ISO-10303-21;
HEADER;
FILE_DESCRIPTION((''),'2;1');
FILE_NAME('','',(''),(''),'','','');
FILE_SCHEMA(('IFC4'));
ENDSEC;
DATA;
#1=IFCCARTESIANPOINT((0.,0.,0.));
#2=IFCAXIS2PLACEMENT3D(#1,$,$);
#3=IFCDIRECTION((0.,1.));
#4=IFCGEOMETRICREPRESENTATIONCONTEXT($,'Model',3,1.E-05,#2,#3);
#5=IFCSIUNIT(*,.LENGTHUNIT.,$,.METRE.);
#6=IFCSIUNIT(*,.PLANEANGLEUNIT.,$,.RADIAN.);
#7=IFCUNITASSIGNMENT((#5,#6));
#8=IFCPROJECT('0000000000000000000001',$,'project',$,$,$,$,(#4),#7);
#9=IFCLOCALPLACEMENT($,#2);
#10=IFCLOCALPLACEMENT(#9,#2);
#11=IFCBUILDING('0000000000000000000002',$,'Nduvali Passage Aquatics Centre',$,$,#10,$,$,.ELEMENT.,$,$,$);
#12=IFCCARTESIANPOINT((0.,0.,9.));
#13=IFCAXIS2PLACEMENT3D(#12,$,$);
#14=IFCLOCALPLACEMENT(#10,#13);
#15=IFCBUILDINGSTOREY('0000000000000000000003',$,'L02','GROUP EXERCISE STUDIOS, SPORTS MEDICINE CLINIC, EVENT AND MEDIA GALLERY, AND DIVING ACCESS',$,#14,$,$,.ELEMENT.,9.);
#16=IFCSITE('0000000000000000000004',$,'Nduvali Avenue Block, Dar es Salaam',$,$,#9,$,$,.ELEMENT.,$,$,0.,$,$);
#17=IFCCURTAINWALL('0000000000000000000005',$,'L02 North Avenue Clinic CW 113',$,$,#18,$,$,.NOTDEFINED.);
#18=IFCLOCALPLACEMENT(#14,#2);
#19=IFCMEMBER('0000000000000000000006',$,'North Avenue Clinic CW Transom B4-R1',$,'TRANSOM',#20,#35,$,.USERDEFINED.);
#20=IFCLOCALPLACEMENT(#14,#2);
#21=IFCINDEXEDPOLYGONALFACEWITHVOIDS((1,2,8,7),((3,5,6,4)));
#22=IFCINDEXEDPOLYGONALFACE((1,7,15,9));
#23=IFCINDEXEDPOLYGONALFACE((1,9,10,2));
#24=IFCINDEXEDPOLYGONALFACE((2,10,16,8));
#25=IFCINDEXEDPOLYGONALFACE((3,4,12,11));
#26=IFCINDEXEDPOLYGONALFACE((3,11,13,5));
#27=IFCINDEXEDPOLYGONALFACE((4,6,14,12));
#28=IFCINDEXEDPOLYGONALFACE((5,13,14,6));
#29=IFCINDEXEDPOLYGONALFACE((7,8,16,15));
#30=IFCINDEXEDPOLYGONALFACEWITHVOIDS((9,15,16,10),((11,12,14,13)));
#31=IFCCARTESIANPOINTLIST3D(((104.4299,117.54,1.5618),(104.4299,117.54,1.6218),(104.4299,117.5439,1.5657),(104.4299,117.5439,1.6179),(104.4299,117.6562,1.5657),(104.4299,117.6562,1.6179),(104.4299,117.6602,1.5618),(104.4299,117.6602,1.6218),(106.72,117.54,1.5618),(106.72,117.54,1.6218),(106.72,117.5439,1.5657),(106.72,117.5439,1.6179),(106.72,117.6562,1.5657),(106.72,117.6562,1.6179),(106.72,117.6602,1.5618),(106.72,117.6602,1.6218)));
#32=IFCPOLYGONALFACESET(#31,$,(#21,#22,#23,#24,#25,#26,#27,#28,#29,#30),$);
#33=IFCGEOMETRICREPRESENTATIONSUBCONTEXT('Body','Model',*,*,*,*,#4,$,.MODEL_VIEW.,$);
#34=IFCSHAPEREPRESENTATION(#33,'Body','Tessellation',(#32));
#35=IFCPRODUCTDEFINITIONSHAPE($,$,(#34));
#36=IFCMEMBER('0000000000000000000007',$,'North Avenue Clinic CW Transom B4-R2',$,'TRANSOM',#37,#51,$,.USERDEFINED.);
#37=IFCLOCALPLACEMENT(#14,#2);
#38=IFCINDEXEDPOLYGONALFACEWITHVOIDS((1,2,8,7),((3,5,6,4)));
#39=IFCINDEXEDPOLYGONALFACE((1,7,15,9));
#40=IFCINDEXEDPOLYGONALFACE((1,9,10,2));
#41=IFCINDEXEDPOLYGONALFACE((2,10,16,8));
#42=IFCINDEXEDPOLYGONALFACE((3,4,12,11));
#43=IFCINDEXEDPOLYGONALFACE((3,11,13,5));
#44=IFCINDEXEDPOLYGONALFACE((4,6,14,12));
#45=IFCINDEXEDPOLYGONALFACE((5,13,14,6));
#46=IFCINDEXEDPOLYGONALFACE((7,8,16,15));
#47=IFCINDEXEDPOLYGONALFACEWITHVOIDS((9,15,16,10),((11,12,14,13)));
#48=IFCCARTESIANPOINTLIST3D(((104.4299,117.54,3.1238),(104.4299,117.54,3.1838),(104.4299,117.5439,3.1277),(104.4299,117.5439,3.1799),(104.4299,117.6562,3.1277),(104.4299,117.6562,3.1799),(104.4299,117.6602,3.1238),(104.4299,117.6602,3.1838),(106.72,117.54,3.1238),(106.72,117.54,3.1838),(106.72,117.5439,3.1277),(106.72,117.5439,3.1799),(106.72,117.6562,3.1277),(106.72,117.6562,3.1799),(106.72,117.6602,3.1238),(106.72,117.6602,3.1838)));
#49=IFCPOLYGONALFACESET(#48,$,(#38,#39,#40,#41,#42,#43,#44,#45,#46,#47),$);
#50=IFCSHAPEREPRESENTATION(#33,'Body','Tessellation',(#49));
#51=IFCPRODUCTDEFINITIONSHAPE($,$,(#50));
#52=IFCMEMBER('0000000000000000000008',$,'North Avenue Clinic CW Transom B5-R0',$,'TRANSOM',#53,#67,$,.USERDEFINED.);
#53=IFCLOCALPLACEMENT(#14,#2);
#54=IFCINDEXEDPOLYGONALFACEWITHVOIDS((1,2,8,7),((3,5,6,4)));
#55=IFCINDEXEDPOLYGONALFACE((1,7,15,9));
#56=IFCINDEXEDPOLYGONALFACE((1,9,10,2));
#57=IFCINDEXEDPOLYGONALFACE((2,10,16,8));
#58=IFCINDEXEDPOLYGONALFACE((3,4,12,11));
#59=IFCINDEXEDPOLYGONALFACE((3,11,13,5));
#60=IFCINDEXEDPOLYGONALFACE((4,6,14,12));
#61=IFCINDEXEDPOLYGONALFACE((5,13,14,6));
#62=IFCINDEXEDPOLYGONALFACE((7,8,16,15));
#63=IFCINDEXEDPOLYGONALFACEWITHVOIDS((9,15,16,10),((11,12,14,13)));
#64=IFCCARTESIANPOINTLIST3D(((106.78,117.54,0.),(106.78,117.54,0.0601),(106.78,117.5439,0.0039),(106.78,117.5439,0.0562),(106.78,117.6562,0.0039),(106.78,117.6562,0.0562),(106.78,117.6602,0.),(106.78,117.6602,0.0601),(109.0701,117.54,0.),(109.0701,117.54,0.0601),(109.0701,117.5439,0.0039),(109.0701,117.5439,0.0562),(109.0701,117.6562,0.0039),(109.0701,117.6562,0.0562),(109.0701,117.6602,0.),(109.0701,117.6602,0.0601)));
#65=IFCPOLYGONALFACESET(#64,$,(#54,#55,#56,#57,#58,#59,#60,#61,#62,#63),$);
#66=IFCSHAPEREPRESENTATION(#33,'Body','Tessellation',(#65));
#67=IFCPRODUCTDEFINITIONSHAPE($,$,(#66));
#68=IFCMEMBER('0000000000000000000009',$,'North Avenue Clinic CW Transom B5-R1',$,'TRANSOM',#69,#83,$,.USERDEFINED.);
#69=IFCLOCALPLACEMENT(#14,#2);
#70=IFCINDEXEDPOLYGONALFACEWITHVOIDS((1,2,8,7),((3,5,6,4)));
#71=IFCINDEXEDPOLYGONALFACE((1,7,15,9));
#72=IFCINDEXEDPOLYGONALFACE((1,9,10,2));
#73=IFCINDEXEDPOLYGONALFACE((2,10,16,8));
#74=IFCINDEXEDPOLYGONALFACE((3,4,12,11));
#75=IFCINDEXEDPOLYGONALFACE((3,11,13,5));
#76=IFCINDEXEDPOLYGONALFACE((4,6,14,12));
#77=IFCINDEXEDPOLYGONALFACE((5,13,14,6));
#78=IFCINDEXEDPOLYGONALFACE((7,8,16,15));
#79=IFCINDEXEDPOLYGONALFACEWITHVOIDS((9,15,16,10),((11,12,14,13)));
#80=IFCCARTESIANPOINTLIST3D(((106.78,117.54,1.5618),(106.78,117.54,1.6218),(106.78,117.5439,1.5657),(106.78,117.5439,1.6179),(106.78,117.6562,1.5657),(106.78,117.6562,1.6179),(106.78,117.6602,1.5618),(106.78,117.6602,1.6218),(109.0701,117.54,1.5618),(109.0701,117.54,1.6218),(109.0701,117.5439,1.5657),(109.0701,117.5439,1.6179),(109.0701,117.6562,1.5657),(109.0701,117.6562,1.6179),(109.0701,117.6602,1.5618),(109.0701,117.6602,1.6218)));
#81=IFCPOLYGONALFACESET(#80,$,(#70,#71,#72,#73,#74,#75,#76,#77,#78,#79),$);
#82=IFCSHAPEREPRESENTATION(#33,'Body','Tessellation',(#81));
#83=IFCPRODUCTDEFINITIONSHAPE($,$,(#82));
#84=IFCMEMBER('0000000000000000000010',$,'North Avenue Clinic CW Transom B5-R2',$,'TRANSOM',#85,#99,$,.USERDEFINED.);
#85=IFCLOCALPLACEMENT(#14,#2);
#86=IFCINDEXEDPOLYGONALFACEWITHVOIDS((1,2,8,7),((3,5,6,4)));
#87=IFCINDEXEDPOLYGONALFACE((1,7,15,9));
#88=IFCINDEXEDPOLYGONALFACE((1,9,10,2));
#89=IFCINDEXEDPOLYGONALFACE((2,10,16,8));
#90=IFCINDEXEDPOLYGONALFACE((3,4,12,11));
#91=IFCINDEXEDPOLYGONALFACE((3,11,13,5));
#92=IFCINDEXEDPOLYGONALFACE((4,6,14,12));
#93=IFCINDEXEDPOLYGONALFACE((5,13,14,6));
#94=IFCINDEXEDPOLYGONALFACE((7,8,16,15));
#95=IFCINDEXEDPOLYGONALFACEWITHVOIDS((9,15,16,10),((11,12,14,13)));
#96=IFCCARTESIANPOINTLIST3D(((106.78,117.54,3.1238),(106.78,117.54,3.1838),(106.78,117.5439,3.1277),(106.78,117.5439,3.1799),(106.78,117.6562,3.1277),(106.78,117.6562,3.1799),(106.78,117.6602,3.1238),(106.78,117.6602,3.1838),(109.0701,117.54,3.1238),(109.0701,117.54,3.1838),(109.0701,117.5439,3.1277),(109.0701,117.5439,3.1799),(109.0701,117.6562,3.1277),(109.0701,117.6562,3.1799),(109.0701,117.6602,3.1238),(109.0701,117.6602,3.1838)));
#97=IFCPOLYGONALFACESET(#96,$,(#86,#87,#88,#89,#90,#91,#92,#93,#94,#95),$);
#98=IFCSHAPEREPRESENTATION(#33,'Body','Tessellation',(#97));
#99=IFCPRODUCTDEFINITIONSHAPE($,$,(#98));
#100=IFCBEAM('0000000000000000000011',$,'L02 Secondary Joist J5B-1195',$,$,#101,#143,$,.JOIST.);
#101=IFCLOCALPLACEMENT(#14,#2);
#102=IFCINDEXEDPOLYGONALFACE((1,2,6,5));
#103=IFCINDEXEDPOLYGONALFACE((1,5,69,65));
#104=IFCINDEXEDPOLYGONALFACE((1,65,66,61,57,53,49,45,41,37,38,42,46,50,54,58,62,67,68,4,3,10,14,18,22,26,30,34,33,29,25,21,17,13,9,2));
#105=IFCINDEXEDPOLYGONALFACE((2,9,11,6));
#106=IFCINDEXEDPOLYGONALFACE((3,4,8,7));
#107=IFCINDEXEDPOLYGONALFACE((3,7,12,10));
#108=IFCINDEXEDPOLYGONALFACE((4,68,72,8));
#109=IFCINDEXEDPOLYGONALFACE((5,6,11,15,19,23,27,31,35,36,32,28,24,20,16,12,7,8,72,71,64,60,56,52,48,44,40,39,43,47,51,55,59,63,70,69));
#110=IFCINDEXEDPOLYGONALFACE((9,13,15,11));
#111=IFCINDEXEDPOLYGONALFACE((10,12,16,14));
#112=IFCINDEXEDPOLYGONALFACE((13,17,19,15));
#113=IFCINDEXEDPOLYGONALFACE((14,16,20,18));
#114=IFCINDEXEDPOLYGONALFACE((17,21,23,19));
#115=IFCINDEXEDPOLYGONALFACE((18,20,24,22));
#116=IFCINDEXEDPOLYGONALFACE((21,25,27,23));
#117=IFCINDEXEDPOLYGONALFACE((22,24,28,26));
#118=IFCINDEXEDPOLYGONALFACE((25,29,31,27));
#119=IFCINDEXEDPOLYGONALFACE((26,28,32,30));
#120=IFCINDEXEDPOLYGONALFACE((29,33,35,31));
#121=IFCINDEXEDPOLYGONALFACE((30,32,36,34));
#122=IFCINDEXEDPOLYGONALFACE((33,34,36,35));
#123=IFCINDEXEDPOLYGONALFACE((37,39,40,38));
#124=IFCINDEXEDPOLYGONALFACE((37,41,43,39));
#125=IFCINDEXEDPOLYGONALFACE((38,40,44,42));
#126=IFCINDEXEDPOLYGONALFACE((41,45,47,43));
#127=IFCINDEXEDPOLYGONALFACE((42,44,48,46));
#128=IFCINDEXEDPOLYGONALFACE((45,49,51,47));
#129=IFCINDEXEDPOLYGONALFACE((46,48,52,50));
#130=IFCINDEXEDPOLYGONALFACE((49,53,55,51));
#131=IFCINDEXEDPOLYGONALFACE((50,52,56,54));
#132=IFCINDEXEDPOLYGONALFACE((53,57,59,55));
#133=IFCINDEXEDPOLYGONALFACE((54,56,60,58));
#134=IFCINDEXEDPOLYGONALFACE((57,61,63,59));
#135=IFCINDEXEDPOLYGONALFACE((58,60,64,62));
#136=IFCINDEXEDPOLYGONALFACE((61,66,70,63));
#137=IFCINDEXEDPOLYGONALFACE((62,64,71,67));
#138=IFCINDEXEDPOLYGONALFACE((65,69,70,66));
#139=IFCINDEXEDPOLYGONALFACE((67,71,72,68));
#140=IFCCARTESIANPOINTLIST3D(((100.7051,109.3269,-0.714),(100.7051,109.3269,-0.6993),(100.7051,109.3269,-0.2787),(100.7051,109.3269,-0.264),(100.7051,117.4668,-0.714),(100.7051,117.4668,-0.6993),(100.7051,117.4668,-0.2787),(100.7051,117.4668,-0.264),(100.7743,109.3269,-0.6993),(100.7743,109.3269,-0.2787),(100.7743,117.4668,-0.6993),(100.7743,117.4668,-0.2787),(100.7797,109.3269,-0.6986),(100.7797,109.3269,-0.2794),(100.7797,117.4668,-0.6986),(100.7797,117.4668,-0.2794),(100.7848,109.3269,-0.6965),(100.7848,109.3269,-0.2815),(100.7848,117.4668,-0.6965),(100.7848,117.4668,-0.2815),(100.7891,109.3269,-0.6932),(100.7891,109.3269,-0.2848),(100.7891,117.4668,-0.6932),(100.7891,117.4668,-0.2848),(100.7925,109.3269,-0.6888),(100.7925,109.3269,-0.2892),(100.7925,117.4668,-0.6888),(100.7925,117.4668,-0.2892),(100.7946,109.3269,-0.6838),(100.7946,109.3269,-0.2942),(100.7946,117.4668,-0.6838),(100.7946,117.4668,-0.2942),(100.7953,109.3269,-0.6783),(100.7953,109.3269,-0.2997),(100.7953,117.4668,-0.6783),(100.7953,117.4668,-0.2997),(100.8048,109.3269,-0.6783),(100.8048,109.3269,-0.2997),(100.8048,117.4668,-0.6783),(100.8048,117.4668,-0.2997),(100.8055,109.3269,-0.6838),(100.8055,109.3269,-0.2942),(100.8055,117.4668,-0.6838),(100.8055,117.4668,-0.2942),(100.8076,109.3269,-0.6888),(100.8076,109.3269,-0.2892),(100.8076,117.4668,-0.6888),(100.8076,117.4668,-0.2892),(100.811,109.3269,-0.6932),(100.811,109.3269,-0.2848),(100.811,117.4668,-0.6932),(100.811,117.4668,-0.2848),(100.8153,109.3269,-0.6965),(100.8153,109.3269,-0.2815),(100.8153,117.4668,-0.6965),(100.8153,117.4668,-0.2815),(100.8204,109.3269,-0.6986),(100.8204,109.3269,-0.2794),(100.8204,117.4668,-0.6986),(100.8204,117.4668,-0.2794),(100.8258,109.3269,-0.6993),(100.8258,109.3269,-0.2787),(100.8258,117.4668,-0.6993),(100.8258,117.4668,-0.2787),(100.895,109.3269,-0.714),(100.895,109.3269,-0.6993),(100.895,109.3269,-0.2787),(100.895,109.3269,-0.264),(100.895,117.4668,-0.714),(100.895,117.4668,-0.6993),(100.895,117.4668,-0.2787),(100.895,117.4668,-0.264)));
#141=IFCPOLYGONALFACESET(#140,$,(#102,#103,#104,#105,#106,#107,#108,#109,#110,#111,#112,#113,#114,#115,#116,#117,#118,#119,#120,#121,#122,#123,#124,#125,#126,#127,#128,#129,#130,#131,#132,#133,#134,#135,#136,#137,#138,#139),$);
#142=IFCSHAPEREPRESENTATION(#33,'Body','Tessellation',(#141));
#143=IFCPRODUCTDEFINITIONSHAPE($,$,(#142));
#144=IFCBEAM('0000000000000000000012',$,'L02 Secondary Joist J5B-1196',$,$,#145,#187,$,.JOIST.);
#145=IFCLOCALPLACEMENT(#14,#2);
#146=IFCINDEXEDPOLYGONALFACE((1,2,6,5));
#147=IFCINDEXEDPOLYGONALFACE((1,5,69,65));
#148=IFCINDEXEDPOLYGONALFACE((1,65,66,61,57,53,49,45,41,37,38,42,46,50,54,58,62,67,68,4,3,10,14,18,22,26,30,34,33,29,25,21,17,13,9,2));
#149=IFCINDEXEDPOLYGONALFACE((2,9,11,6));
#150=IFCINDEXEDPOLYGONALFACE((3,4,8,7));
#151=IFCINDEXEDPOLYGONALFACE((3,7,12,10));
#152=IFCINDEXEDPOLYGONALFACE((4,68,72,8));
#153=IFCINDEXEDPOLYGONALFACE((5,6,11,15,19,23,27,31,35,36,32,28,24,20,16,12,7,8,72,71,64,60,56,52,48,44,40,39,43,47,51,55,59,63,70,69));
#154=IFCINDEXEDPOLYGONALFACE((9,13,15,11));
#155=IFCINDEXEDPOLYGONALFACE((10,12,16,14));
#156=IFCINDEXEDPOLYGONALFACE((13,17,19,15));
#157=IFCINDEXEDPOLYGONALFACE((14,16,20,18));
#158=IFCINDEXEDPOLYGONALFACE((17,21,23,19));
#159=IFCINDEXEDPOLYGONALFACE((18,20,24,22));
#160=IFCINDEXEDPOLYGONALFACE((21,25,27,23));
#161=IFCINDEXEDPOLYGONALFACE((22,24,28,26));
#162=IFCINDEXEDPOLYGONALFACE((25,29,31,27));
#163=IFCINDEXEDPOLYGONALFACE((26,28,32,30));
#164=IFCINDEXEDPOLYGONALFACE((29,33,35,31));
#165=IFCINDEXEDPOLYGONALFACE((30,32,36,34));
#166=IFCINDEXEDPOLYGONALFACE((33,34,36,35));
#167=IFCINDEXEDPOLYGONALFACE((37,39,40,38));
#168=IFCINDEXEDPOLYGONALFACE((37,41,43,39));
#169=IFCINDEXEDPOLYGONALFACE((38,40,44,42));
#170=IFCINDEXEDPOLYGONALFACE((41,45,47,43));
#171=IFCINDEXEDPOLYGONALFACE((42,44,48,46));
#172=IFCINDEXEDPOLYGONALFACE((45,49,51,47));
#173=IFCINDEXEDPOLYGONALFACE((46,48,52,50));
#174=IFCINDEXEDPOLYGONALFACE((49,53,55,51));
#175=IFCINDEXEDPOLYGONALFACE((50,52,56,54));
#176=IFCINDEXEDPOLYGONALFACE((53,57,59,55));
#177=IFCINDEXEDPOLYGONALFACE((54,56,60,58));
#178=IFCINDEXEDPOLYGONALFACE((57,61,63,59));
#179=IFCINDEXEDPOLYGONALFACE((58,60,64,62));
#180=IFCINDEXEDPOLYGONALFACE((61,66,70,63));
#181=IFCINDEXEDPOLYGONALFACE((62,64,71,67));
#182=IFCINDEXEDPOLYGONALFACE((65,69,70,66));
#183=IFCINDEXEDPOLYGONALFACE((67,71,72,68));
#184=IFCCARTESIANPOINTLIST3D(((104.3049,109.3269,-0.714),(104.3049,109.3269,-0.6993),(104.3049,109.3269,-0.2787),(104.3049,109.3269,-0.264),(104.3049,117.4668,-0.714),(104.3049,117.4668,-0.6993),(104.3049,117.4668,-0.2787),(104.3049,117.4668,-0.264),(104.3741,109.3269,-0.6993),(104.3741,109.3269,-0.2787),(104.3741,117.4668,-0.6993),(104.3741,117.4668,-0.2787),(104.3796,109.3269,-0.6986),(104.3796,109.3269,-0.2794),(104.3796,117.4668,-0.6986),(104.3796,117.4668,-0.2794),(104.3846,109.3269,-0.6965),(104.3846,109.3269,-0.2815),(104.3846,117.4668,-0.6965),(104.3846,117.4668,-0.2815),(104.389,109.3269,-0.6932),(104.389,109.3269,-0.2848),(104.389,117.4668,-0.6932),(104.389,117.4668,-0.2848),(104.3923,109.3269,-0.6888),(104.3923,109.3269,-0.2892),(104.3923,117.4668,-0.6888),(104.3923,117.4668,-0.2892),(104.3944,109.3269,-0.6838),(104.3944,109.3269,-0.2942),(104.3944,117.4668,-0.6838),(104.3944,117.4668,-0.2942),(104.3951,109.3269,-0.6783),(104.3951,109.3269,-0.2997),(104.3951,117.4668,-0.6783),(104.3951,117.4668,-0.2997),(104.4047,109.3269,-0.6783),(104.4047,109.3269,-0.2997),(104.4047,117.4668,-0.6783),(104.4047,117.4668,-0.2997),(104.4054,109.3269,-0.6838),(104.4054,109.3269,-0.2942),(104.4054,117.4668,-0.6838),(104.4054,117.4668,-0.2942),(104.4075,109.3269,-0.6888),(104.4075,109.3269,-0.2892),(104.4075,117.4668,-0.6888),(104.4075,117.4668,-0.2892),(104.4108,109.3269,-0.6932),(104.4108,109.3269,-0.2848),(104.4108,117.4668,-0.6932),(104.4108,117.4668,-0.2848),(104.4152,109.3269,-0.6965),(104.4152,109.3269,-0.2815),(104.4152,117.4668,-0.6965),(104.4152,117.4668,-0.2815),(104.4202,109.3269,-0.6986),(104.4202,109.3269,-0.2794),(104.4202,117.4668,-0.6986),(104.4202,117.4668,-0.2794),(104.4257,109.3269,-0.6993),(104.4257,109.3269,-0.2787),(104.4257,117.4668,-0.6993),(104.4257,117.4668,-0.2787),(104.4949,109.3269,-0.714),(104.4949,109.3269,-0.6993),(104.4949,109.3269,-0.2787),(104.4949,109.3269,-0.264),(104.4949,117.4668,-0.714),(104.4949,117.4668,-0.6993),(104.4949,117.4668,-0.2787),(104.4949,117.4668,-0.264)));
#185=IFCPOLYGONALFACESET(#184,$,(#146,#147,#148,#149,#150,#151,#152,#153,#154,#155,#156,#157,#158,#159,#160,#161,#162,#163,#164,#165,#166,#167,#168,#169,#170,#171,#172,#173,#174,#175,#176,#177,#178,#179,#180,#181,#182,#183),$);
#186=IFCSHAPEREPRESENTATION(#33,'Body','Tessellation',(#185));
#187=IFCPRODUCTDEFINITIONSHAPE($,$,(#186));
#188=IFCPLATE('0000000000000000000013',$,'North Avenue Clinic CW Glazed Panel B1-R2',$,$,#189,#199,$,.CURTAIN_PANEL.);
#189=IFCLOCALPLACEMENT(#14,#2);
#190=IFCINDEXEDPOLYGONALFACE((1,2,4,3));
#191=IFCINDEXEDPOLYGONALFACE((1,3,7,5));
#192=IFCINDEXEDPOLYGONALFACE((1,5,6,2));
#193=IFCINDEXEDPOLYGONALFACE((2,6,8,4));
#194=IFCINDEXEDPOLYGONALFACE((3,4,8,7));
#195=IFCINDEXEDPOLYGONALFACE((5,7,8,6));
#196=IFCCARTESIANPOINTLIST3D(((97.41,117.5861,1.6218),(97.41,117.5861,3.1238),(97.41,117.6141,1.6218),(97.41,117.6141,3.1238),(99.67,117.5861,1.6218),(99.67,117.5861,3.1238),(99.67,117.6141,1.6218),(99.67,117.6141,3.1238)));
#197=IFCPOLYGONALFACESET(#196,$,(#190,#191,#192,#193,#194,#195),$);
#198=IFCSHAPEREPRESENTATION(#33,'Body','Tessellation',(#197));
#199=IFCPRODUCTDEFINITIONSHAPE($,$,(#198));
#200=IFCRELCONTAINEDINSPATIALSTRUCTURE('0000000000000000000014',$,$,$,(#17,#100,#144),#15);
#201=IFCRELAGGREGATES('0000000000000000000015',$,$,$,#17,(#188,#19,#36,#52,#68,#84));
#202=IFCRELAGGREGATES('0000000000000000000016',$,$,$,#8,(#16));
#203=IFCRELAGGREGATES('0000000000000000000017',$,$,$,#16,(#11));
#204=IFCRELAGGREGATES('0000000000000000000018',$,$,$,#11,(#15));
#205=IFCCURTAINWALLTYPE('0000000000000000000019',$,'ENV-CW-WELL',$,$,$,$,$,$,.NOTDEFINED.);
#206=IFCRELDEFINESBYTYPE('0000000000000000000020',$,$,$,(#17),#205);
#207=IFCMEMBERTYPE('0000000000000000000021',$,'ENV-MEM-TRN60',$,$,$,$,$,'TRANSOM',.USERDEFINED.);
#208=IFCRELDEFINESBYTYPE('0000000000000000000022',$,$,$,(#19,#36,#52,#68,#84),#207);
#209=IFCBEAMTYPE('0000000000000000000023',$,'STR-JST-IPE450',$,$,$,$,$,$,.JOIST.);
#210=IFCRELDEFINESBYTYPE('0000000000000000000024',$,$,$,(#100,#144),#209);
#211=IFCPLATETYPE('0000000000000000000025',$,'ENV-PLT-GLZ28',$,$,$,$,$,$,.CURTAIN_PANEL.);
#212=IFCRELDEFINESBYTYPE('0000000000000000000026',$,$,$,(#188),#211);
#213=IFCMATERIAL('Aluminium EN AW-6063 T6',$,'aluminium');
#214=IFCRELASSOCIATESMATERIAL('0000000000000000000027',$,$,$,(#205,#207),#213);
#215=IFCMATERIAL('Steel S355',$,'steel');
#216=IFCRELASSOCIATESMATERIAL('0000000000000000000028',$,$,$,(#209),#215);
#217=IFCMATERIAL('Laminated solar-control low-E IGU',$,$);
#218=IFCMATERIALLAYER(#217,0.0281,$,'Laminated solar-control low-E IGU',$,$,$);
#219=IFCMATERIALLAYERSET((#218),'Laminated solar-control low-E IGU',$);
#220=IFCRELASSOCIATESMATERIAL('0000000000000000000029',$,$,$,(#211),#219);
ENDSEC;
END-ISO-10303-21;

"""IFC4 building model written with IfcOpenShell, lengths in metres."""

from ifc_helpers import new_model, si_unit, direction, frame, origin, origin_2d, place, context, subcontext, project, spatial, rectangle, hollow_rectangle, i_section, extrude, material, layer, layer_set, material_profile, profile_set, type_object, element, aggregate, save


model = new_model("IFC4")

# Units and contexts
model_context = context("Model", 3, precision=1e-05, world=origin(), true_north=direction((0.0, 1.0)))
body_context = subcontext(model_context, "Body", "Model", "MODEL_VIEW")
ifc_project = project(units=[si_unit("LENGTHUNIT", "METRE"), si_unit("PLANEANGLEUNIT", "RADIAN")], contexts=[model_context])

# Site, building, storey
site_placement = place(None, origin())
site = spatial("IfcSite", under=ifc_project, at=site_placement, Name="Nduvali Avenue Block, Dar es Salaam", CompositionType="ELEMENT", RefElevation=0.0)
building_placement = place(site_placement, origin())
building = spatial("IfcBuilding", under=site, at=building_placement, Name="Nduvali Passage Aquatics Centre", CompositionType="ELEMENT")
storey_placement = place(building_placement, frame((0.0, 0.0, 9.0)))
storey = spatial("IfcBuildingStorey", under=building, at=storey_placement, Name="L02", Description="GROUP EXERCISE STUDIOS, SPORTS MEDICINE CLINIC, EVENT AND MEDIA GALLERY, AND DIVING ACCESS", CompositionType="ELEMENT", Elevation=9.0)

# Curtain wall, members
ifc_material_1 = material(Name="Aluminium EN AW-6063 T6", Category="aluminium")
curtain_wall_type = type_object("IfcCurtainWallType", Name="ENV-CW-WELL", PredefinedType="NOTDEFINED", material=ifc_material_1)
curtain_wall_placement = place(storey_placement, origin())
curtain_wall = element("IfcCurtainWall", 1, at=curtain_wall_placement, inside=storey, type_object=curtain_wall_type, Name="L02 North Avenue Clinic CW 113", PredefinedType="NOTDEFINED")
ifc_material_profile_1 = material_profile(ifc_material_1, hollow_rectangle(XDim=0.1201, YDim=0.0601, WallThickness=0.0039, at=origin_2d()), Name="ALU TRANSOM 120x60x4")
ifc_profile_set_1 = profile_set([ifc_material_profile_1], Name="Aluminium EN AW-6063 T6")
member_type_1 = type_object("IfcMemberType", Name="ENV-MEM-TRN60", ElementType="TRANSOM", PredefinedType="USERDEFINED", material=ifc_profile_set_1)
member_1_placement = place(storey_placement, frame((104.4299, 117.6001, 1.5918), z_axis=(1.0, 0.0, 0.0), x_axis=(0.0, 1.0, 0.0)))
member_1 = element("IfcMember", 2, at=member_1_placement, type_object=member_type_1, Name="North Avenue Clinic CW Transom B4-R1", ObjectType="TRANSOM", PredefinedType="USERDEFINED", context=body_context, shape_type="SweptSolid", body=[
    extrude(hollow_rectangle(XDim=0.1201, YDim=0.0601, WallThickness=0.0039, at=origin_2d()), origin(), (0.0, 0.0, 1.0), 2.29),
])
member_2_placement = place(storey_placement, frame((104.4299, 117.6001, 3.1538), z_axis=(1.0, 0.0, 0.0), x_axis=(0.0, 1.0, 0.0)))
member_2 = element("IfcMember", 3, at=member_2_placement, type_object=member_type_1, Name="North Avenue Clinic CW Transom B4-R2", ObjectType="TRANSOM", PredefinedType="USERDEFINED", context=body_context, shape_type="SweptSolid", body=[
    extrude(hollow_rectangle(XDim=0.1201, YDim=0.0601, WallThickness=0.0039, at=origin_2d()), origin(), (0.0, 0.0, 1.0), 2.29),
])
member_3_placement = place(storey_placement, frame((106.78, 117.6001, 0.03), z_axis=(1.0, 0.0, 0.0), x_axis=(0.0, 1.0, 0.0)))
member_3 = element("IfcMember", 4, at=member_3_placement, type_object=member_type_1, Name="North Avenue Clinic CW Transom B5-R0", ObjectType="TRANSOM", PredefinedType="USERDEFINED", context=body_context, shape_type="SweptSolid", body=[
    extrude(hollow_rectangle(XDim=0.1201, YDim=0.0601, WallThickness=0.0039, at=origin_2d()), origin(), (0.0, 0.0, 1.0), 2.29),
])
member_4_placement = place(storey_placement, frame((106.78, 117.6001, 1.5918), z_axis=(1.0, 0.0, 0.0), x_axis=(0.0, 1.0, 0.0)))
member_4 = element("IfcMember", 5, at=member_4_placement, type_object=member_type_1, Name="North Avenue Clinic CW Transom B5-R1", ObjectType="TRANSOM", PredefinedType="USERDEFINED", context=body_context, shape_type="SweptSolid", body=[
    extrude(hollow_rectangle(XDim=0.1201, YDim=0.0601, WallThickness=0.0039, at=origin_2d()), origin(), (0.0, 0.0, 1.0), 2.29),
])
member_5_placement = place(storey_placement, frame((106.78, 117.6001, 3.1538), z_axis=(1.0, 0.0, 0.0), x_axis=(0.0, 1.0, 0.0)))
member_5 = element("IfcMember", 6, at=member_5_placement, type_object=member_type_1, Name="North Avenue Clinic CW Transom B5-R2", ObjectType="TRANSOM", PredefinedType="USERDEFINED", context=body_context, shape_type="SweptSolid", body=[
    extrude(hollow_rectangle(XDim=0.1201, YDim=0.0601, WallThickness=0.0039, at=origin_2d()), origin(), (0.0, 0.0, 1.0), 2.29),
])

# Beams
ifc_material_2 = material(Name="Steel S355", Category="steel")
ifc_material_profile_2 = material_profile(ifc_material_2, i_section(OverallWidth=0.1899, OverallDepth=0.45, WebThickness=0.0095, FlangeThickness=0.0146, FilletRadius=0.021, at=origin_2d()), Name="IPE 450")
ifc_profile_set_2 = profile_set([ifc_material_profile_2], Name="Steel S355")
beam_type = type_object("IfcBeamType", Name="STR-JST-IPE450", PredefinedType="JOIST", material=ifc_profile_set_2)
for number, where, z_axis, x_axis, name in (
    (7, (100.8, 109.3269, -0.489), (0.0, 1.0, 0.0), (-1.0, 0.0, 0.0), "L02 Secondary Joist J5B-1195"),
    (8, (104.3999, 109.3269, -0.489), (0.0, 1.0, 0.0), (-1.0, 0.0, 0.0), "L02 Secondary Joist J5B-1196"),
):
    element("IfcBeam", number, at=place(storey_placement, frame(where, z_axis=z_axis, x_axis=x_axis)), inside=storey, type_object=beam_type, Name=name, PredefinedType="JOIST", context=body_context, shape_type="SweptSolid", body=[
        extrude(i_section(OverallWidth=0.1899, OverallDepth=0.45, WebThickness=0.0095, FlangeThickness=0.0146, FilletRadius=0.021, at=origin_2d()), origin(), (0.0, 0.0, 1.0), 8.1399),
    ])

# Plate
ifc_material_3 = material(Name="Laminated solar-control low-E IGU")
ifc_layer = layer(ifc_material_3, 0.0281, Name="Laminated solar-control low-E IGU")
ifc_layer_set = layer_set([ifc_layer], Name="Laminated solar-control low-E IGU")
plate_type = type_object("IfcPlateType", Name="ENV-PLT-GLZ28", PredefinedType="CURTAIN_PANEL", material=ifc_layer_set)
plate_1_placement = place(storey_placement, frame((98.54, 117.6001, 1.6218), z_axis=(0.0, 0.0, 1.0), x_axis=(1.0, 0.0, 0.0)))
plate_1 = element("IfcPlate", 9, at=plate_1_placement, type_object=plate_type, Name="North Avenue Clinic CW Glazed Panel B1-R2", PredefinedType="CURTAIN_PANEL", context=body_context, shape_type="SweptSolid", body=[
    extrude(rectangle(XDim=2.26, YDim=0.0281, at=origin_2d()), origin(), (0.0, 0.0, 1.0), 1.502),
])
aggregate(curtain_wall, [plate_1, member_1, member_2, member_3, member_4, member_5])

save(model, "model.ifc")
